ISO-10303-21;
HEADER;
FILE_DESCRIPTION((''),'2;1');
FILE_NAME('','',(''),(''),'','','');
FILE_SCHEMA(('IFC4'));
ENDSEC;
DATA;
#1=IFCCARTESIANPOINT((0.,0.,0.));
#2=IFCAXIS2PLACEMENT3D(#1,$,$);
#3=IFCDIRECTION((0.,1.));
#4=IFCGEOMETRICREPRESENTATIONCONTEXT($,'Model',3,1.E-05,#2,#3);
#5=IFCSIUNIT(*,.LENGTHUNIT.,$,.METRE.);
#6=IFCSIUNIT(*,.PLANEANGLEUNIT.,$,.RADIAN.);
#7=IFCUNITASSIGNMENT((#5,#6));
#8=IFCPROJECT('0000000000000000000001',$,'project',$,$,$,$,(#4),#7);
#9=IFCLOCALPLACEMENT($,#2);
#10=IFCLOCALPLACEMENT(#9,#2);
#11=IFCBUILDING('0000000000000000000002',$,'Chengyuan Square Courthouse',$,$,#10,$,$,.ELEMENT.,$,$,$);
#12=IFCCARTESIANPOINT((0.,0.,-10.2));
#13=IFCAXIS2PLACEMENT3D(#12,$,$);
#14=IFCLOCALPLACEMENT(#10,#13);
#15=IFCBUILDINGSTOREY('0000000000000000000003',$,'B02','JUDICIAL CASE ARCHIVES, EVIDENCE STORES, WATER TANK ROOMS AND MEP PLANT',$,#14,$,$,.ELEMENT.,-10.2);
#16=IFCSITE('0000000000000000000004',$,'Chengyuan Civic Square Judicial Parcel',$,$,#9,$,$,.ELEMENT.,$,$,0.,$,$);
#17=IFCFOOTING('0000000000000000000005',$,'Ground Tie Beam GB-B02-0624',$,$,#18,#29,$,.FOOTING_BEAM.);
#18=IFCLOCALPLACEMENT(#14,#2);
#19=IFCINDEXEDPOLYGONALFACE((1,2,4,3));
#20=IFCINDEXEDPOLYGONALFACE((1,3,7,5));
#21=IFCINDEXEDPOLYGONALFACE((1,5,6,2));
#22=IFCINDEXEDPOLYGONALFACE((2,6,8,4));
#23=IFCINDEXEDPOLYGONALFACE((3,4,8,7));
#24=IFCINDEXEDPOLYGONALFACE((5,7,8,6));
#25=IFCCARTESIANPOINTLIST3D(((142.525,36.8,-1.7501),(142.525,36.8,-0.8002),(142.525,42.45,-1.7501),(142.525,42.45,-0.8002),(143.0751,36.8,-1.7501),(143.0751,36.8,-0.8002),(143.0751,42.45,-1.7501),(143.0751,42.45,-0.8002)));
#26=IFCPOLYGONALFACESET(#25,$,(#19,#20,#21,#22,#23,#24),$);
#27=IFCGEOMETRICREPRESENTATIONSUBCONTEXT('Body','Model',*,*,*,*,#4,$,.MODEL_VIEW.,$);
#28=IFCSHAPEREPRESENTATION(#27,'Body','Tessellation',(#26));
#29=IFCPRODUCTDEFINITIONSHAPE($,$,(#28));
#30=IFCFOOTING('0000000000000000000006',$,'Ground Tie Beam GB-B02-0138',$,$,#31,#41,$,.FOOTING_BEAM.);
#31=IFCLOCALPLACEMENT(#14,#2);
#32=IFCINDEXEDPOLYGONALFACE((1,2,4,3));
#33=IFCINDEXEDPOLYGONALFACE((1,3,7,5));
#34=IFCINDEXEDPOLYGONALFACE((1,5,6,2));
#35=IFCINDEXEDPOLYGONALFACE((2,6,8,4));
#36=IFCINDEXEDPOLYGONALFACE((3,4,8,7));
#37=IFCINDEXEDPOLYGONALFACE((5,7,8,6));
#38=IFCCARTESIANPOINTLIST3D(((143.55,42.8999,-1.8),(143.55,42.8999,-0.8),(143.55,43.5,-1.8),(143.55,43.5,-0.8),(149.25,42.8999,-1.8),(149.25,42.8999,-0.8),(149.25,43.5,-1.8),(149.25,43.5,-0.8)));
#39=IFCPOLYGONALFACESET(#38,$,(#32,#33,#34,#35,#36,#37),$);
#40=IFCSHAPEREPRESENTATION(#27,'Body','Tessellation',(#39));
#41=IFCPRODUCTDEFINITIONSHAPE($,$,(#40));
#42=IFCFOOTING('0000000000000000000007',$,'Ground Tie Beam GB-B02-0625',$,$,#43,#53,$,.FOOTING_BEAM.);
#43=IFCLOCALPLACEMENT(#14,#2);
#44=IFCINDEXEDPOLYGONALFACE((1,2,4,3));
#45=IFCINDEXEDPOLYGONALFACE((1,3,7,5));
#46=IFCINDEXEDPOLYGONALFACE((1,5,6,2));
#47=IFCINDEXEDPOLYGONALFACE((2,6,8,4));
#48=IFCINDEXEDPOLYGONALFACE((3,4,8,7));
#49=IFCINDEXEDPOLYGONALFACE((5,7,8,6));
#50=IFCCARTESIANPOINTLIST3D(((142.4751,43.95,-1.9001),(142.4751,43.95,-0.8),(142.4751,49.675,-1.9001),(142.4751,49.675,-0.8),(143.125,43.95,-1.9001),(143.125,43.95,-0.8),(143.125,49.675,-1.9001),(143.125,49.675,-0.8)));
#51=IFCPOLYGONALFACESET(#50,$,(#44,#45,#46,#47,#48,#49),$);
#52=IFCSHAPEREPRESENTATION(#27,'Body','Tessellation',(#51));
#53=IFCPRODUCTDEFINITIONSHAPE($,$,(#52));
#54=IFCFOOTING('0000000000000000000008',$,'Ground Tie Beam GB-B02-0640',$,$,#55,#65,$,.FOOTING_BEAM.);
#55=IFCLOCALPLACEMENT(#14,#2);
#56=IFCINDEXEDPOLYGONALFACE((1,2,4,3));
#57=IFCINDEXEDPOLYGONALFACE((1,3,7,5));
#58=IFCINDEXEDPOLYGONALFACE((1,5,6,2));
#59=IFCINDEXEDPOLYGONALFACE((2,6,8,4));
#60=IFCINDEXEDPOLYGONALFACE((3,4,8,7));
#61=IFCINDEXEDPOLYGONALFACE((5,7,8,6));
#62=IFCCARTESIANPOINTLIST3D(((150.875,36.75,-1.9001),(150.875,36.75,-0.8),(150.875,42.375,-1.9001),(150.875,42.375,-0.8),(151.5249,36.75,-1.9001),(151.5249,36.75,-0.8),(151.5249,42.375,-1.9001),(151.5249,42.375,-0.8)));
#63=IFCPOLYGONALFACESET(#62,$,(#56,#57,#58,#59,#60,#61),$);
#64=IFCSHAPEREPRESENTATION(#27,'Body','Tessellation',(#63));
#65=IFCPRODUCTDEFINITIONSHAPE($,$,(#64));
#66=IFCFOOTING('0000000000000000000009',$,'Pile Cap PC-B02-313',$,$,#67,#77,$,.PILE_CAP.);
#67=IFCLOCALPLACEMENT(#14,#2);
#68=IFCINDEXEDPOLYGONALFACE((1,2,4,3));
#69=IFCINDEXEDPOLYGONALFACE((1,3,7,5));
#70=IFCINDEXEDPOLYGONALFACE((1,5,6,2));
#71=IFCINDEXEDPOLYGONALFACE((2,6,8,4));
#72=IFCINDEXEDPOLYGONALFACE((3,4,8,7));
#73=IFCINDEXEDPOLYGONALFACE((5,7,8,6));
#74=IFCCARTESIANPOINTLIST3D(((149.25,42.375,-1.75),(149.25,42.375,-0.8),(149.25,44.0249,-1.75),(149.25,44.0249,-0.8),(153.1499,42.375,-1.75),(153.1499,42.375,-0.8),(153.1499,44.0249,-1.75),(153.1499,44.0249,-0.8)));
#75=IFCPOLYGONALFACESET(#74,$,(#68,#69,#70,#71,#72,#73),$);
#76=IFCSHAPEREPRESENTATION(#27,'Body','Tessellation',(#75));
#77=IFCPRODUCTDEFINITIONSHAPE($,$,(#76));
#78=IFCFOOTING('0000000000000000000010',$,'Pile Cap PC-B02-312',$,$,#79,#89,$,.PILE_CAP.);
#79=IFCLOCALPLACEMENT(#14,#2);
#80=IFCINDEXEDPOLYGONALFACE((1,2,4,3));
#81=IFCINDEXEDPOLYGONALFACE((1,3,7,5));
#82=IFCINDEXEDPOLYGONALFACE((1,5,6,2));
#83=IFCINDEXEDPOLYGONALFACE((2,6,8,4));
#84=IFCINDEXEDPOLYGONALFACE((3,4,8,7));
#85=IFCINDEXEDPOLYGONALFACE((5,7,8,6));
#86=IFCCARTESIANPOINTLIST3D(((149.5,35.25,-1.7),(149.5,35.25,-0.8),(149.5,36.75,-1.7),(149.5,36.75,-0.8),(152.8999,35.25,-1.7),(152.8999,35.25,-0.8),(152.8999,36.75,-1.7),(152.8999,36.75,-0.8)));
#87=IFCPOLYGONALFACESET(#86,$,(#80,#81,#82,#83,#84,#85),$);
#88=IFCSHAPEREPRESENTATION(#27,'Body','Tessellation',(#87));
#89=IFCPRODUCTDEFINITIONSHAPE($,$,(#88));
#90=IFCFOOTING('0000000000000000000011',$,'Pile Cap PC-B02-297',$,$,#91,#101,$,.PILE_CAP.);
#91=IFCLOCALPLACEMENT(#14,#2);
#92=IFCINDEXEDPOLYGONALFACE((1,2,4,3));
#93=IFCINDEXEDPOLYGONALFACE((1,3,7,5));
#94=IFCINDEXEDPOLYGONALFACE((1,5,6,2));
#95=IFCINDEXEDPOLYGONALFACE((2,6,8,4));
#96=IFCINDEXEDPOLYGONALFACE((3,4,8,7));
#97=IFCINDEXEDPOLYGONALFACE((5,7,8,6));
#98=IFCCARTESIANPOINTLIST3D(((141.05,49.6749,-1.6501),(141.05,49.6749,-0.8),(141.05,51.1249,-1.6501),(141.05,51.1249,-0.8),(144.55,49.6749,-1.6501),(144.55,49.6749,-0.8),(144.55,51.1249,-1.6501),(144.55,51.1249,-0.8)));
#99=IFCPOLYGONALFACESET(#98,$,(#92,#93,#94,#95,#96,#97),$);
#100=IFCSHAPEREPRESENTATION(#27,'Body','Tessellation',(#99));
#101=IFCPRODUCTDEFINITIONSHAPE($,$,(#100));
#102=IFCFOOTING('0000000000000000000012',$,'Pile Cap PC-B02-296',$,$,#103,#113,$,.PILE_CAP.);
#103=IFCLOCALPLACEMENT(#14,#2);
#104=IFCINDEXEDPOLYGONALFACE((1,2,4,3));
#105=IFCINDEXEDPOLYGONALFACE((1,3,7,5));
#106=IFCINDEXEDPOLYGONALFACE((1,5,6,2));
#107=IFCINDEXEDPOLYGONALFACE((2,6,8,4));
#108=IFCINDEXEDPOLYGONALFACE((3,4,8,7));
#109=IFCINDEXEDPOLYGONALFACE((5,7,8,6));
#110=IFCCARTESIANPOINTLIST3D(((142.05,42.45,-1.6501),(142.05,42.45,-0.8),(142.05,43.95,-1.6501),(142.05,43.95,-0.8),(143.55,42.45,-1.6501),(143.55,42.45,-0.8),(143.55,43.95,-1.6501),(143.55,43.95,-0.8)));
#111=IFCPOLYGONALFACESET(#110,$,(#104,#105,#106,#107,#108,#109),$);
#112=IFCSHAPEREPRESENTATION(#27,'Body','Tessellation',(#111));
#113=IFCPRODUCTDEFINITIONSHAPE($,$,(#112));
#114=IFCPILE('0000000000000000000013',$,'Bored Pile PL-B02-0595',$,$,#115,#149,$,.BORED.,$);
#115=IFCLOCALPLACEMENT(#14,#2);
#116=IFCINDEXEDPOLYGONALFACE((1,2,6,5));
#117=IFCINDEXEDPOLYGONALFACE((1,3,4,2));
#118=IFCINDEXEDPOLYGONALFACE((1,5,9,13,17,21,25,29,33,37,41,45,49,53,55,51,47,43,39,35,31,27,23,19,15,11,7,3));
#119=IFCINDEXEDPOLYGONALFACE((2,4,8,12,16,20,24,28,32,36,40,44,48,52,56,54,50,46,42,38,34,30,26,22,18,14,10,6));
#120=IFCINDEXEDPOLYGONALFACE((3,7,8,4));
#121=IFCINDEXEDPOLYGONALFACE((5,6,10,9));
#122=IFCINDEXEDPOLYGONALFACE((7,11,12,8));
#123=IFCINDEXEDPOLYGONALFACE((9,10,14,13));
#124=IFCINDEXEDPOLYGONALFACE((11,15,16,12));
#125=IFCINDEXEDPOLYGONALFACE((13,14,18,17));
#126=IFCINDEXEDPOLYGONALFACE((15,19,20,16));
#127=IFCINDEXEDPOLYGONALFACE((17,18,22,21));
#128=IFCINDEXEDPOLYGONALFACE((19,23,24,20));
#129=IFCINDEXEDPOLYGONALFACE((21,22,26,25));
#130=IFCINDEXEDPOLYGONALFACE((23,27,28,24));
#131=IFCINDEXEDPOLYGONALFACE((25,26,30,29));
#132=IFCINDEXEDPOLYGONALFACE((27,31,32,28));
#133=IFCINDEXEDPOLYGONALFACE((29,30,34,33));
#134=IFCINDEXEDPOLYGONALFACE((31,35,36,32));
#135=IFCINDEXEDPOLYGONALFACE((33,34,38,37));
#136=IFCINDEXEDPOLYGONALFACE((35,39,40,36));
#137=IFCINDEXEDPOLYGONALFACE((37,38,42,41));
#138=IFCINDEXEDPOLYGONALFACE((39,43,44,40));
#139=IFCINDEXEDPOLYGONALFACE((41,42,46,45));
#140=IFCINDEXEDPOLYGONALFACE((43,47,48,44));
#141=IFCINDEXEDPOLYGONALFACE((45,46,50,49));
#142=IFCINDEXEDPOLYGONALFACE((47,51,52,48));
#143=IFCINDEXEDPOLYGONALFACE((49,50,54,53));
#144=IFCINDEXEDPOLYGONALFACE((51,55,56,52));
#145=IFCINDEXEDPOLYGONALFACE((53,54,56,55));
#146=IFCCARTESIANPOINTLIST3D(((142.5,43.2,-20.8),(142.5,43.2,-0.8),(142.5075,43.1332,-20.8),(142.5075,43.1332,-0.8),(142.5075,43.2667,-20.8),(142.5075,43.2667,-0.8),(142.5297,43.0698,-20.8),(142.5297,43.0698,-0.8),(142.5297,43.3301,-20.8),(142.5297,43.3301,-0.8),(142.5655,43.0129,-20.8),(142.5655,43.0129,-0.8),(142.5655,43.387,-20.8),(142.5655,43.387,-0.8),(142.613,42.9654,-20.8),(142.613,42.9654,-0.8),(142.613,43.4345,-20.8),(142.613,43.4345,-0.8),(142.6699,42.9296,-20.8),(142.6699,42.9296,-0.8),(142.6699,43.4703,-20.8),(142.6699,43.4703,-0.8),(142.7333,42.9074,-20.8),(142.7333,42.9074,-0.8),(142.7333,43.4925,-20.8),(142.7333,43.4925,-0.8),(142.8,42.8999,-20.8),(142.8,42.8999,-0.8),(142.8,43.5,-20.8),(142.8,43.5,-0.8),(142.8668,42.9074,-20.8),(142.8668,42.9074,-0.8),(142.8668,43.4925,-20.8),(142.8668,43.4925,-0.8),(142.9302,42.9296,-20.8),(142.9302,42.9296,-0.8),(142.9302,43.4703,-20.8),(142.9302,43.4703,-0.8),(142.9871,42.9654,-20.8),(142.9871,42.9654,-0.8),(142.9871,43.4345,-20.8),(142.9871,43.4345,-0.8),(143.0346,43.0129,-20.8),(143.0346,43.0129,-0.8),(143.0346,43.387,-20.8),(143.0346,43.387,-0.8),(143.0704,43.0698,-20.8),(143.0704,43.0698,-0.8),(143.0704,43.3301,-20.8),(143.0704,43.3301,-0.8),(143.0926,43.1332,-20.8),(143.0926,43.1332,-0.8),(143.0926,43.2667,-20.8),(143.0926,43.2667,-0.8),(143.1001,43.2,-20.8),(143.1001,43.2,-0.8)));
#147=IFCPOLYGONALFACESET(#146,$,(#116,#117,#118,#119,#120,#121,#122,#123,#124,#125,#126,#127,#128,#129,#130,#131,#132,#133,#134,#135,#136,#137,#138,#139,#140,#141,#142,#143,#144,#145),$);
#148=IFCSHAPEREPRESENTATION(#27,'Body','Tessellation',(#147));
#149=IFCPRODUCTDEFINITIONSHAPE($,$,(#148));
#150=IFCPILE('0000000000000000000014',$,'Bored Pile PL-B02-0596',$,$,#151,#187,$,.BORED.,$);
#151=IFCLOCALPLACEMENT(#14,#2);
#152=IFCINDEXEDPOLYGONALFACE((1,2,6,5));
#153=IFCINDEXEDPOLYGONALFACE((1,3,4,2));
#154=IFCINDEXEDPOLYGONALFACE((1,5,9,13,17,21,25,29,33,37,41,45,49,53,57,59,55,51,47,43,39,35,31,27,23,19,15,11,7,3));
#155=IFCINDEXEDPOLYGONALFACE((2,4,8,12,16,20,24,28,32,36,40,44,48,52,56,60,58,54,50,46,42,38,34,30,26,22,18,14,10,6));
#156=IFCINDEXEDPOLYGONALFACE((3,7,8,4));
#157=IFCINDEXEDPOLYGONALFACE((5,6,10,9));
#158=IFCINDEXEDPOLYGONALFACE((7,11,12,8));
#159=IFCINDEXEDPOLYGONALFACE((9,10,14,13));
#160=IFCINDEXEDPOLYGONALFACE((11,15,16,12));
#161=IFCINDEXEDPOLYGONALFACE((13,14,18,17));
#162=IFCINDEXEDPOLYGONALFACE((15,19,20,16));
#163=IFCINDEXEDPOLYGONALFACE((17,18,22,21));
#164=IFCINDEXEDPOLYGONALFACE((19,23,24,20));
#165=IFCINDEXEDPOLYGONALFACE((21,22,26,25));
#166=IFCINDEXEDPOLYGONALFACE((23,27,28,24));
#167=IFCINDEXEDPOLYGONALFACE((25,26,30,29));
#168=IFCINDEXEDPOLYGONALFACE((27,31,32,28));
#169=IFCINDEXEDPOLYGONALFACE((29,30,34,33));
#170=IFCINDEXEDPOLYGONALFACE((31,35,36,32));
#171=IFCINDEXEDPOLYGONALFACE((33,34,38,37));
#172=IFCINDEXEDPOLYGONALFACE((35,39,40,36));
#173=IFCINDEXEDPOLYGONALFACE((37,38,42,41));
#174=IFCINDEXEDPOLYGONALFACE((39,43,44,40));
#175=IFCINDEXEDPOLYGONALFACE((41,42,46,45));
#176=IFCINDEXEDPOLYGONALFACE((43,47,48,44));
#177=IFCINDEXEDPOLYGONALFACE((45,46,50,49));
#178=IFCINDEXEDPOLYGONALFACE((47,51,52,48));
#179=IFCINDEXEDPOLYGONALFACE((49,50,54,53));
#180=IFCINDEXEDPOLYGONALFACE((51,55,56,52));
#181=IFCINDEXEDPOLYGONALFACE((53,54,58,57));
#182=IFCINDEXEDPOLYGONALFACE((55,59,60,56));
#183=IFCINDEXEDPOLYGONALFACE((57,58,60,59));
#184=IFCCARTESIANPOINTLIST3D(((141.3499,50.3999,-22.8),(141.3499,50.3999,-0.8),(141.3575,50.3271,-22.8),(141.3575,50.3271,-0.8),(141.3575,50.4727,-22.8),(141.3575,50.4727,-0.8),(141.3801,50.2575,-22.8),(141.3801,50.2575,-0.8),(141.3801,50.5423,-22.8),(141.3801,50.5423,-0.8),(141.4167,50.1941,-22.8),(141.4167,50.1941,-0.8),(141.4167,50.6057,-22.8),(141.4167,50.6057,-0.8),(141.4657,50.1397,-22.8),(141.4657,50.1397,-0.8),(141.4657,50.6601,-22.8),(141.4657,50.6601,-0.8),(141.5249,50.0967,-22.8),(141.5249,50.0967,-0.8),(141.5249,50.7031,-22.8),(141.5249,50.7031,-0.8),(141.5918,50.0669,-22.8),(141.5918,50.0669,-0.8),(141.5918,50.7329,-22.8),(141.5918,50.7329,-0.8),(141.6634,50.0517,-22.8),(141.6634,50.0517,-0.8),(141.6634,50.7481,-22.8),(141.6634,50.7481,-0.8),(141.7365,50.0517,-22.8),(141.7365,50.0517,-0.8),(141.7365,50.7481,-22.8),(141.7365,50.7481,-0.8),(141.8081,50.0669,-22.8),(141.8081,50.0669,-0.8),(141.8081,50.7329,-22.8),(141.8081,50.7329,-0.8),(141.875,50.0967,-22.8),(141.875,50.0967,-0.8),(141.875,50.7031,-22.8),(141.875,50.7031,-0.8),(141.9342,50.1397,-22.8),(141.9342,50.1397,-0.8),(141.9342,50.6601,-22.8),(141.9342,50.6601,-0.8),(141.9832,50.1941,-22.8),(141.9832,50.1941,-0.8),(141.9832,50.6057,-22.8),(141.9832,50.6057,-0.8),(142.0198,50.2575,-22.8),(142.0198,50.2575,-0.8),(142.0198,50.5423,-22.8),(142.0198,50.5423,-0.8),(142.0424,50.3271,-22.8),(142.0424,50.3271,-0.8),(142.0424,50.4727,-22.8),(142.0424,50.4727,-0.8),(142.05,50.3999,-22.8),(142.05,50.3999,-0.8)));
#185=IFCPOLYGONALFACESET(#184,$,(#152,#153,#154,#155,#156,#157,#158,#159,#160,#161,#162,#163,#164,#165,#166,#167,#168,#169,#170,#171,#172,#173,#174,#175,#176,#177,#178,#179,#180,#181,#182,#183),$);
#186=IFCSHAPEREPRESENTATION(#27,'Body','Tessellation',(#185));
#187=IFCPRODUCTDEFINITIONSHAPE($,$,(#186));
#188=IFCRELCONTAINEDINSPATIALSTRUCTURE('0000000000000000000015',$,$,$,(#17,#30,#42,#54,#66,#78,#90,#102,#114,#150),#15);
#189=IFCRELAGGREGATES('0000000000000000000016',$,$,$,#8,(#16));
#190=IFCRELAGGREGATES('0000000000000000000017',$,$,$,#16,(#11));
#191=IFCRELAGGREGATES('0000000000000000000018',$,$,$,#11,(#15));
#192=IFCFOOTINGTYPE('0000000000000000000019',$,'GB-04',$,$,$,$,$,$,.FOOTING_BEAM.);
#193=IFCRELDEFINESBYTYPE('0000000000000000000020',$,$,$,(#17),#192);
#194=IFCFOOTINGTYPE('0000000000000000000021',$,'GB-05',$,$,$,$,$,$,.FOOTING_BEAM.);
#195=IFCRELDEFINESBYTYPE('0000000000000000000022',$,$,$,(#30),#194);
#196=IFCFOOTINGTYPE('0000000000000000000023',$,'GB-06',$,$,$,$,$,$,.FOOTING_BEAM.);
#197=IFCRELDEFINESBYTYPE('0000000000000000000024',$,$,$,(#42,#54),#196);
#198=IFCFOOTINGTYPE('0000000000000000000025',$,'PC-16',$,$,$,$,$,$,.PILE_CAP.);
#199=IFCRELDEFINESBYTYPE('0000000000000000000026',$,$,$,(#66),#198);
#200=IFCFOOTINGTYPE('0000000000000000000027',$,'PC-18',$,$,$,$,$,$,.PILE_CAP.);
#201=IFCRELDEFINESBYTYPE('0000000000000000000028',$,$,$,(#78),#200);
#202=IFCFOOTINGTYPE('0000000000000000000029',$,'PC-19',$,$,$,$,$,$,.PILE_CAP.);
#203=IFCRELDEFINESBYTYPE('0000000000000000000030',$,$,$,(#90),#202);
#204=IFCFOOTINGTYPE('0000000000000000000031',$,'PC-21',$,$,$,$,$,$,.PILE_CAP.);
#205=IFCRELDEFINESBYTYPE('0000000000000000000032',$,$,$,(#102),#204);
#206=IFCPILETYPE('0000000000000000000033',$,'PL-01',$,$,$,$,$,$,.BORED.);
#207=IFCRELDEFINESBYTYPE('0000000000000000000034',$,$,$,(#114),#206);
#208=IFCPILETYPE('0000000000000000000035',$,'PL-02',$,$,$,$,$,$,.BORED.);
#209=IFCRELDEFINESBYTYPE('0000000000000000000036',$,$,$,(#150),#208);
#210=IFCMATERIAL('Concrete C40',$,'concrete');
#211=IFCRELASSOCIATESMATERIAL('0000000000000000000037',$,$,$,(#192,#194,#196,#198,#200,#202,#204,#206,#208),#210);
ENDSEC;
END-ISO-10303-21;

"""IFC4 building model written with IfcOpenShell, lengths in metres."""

from ifc_helpers import new_model, si_unit, direction, frame, origin, origin_2d, place, context, subcontext, project, spatial, rectangle, circle, extrude, material, material_profile, profile_set, type_object, element, save


model = new_model("IFC4")

# Units and contexts
model_context = context("Model", 3, precision=1e-05, world=origin(), true_north=direction((0.0, 1.0)))
body_context = subcontext(model_context, "Body", "Model", "MODEL_VIEW")
ifc_project = project(units=[si_unit("LENGTHUNIT", "METRE"), si_unit("PLANEANGLEUNIT", "RADIAN")], contexts=[model_context])

# Site, building, storey
site_placement = place(None, origin())
site = spatial("IfcSite", under=ifc_project, at=site_placement, Name="Chengyuan Civic Square Judicial Parcel", CompositionType="ELEMENT", RefElevation=0.0)
building_placement = place(site_placement, origin())
building = spatial("IfcBuilding", under=site, at=building_placement, Name="Chengyuan Square Courthouse", CompositionType="ELEMENT")
storey_placement = place(building_placement, frame((0.0, 0.0, -10.2)))
storey = spatial("IfcBuildingStorey", under=building, at=storey_placement, Name="B02", Description="JUDICIAL CASE ARCHIVES, EVIDENCE STORES, WATER TANK ROOMS AND MEP PLANT", CompositionType="ELEMENT", Elevation=-10.2)

# Footings
ifc_material_1 = material(Name="Concrete C40", Category="concrete")
ifc_material_profile_1 = material_profile(ifc_material_1, rectangle(XDim=0.55, YDim=0.95, at=origin_2d()), Name="GB-550x950")
ifc_profile_set_1 = profile_set([ifc_material_profile_1], Name="Concrete C40")
footing_type_1 = type_object("IfcFootingType", Name="GB-04", PredefinedType="FOOTING_BEAM", material=ifc_profile_set_1)
footing_1_placement = place(storey_placement, frame((142.8, 36.8, -1.2751), z_axis=(0.0, 1.0, 0.0), x_axis=(-1.0, 0.0, 0.0)))
element("IfcFooting", 1, at=footing_1_placement, inside=storey, type_object=footing_type_1, Name="Ground Tie Beam GB-B02-0624", PredefinedType="FOOTING_BEAM", context=body_context, shape_type="SweptSolid", body=[
    extrude(rectangle(XDim=0.55, YDim=0.95, at=origin_2d()), origin(), (0.0, 0.0, 1.0), 5.6499),
])
ifc_material_profile_2 = material_profile(ifc_material_1, rectangle(XDim=0.6001, YDim=1.0, at=origin_2d()), Name="GB-600x1000")
ifc_profile_set_2 = profile_set([ifc_material_profile_2], Name="Concrete C40")
footing_type_2 = type_object("IfcFootingType", Name="GB-05", PredefinedType="FOOTING_BEAM", material=ifc_profile_set_2)
footing_2_placement = place(storey_placement, frame((143.55, 43.2, -1.3), z_axis=(1.0, 0.0, 0.0), x_axis=(0.0, 1.0, 0.0)))
element("IfcFooting", 2, at=footing_2_placement, inside=storey, type_object=footing_type_2, Name="Ground Tie Beam GB-B02-0138", PredefinedType="FOOTING_BEAM", context=body_context, shape_type="SweptSolid", body=[
    extrude(rectangle(XDim=0.6001, YDim=1.0, at=origin_2d()), origin(), (0.0, 0.0, 1.0), 5.7),
])
ifc_material_profile_3 = material_profile(ifc_material_1, rectangle(XDim=0.6499, YDim=1.1001, at=origin_2d()), Name="GB-650x1100")
ifc_profile_set_3 = profile_set([ifc_material_profile_3], Name="Concrete C40")
footing_type_3 = type_object("IfcFootingType", Name="GB-06", PredefinedType="FOOTING_BEAM", material=ifc_profile_set_3)
footing_3_placement = place(storey_placement, frame((142.8, 43.95, -1.3501), z_axis=(0.0, 1.0, 0.0), x_axis=(-1.0, 0.0, 0.0)))
element("IfcFooting", 3, at=footing_3_placement, inside=storey, type_object=footing_type_3, Name="Ground Tie Beam GB-B02-0625", PredefinedType="FOOTING_BEAM", context=body_context, shape_type="SweptSolid", body=[
    extrude(rectangle(XDim=0.6499, YDim=1.1001, at=origin_2d()), origin(), (0.0, 0.0, 1.0), 5.7251),
])
footing_4_placement = place(storey_placement, frame((151.2, 36.75, -1.3501), z_axis=(0.0, 1.0, 0.0), x_axis=(-1.0, 0.0, 0.0)))
element("IfcFooting", 4, at=footing_4_placement, inside=storey, type_object=footing_type_3, Name="Ground Tie Beam GB-B02-0640", PredefinedType="FOOTING_BEAM", context=body_context, shape_type="SweptSolid", body=[
    extrude(rectangle(XDim=0.6499, YDim=1.1001, at=origin_2d()), origin(), (0.0, 0.0, 1.0), 5.625),
])
footing_type_4 = type_object("IfcFootingType", Name="PC-16", PredefinedType="PILE_CAP", material=ifc_material_1)
footing_5_placement = place(storey_placement, frame((151.2, 43.2, -1.75), z_axis=(0.0, 0.0, 1.0), x_axis=(1.0, 0.0, 0.0)))
element("IfcFooting", 5, at=footing_5_placement, inside=storey, type_object=footing_type_4, Name="Pile Cap PC-B02-313", PredefinedType="PILE_CAP", context=body_context, shape_type="SweptSolid", body=[
    extrude(rectangle(XDim=3.8999, YDim=1.6499, at=origin_2d()), origin(), (0.0, 0.0, 1.0), 0.95),
])
footing_type_5 = type_object("IfcFootingType", Name="PC-18", PredefinedType="PILE_CAP", material=ifc_material_1)
footing_6_placement = place(storey_placement, frame((151.2, 36.0, -1.7), z_axis=(0.0, 0.0, 1.0), x_axis=(1.0, 0.0, 0.0)))
element("IfcFooting", 6, at=footing_6_placement, inside=storey, type_object=footing_type_5, Name="Pile Cap PC-B02-312", PredefinedType="PILE_CAP", context=body_context, shape_type="SweptSolid", body=[
    extrude(rectangle(XDim=3.3999, YDim=1.5, at=origin_2d()), origin(), (0.0, 0.0, 1.0), 0.8999),
])
footing_type_6 = type_object("IfcFootingType", Name="PC-19", PredefinedType="PILE_CAP", material=ifc_material_1)
footing_7_placement = place(storey_placement, frame((142.8, 50.3999, -1.6501), z_axis=(0.0, 0.0, 1.0), x_axis=(1.0, 0.0, 0.0)))
element("IfcFooting", 7, at=footing_7_placement, inside=storey, type_object=footing_type_6, Name="Pile Cap PC-B02-297", PredefinedType="PILE_CAP", context=body_context, shape_type="SweptSolid", body=[
    extrude(rectangle(XDim=3.5, YDim=1.45, at=origin_2d()), origin(), (0.0, 0.0, 1.0), 0.8501),
])
footing_type_7 = type_object("IfcFootingType", Name="PC-21", PredefinedType="PILE_CAP", material=ifc_material_1)
footing_8_placement = place(storey_placement, frame((142.8, 43.2, -1.6501), z_axis=(0.0, 0.0, 1.0), x_axis=(1.0, 0.0, 0.0)))
element("IfcFooting", 8, at=footing_8_placement, inside=storey, type_object=footing_type_7, Name="Pile Cap PC-B02-296", PredefinedType="PILE_CAP", context=body_context, shape_type="SweptSolid", body=[
    extrude(rectangle(XDim=1.5, YDim=1.5, at=origin_2d()), origin(), (0.0, 0.0, 1.0), 0.8501),
])

# Piles
ifc_material_profile_4 = material_profile(ifc_material_1, circle(Radius=0.3, at=origin_2d()), Name="BORED PILE D600")
ifc_profile_set_4 = profile_set([ifc_material_profile_4], Name="Concrete C40")
pile_type_1 = type_object("IfcPileType", Name="PL-01", PredefinedType="BORED", material=ifc_profile_set_4)
pile_1_placement = place(storey_placement, frame((142.8, 43.2, -0.8), z_axis=(0.0, 0.0, -1.0), x_axis=(1.0, 0.0, 0.0)))
element("IfcPile", 9, at=pile_1_placement, inside=storey, type_object=pile_type_1, Name="Bored Pile PL-B02-0595", PredefinedType="BORED", context=body_context, shape_type="SweptSolid", body=[
    extrude(circle(Radius=0.3, at=origin_2d()), origin(), (0.0, 0.0, 1.0), 20.0),
])
ifc_material_profile_5 = material_profile(ifc_material_1, circle(Radius=0.3501, at=origin_2d()), Name="BORED PILE D700")
ifc_profile_set_5 = profile_set([ifc_material_profile_5], Name="Concrete C40")
pile_type_2 = type_object("IfcPileType", Name="PL-02", PredefinedType="BORED", material=ifc_profile_set_5)
pile_2_placement = place(storey_placement, frame((141.7, 50.3999, -0.8), z_axis=(0.0, 0.0, -1.0), x_axis=(1.0, 0.0, 0.0)))
element("IfcPile", 10, at=pile_2_placement, inside=storey, type_object=pile_type_2, Name="Bored Pile PL-B02-0596", PredefinedType="BORED", context=body_context, shape_type="SweptSolid", body=[
    extrude(circle(Radius=0.3501, at=origin_2d()), origin(), (0.0, 0.0, 1.0), 22.0),
])

save(model, "model.ifc")
